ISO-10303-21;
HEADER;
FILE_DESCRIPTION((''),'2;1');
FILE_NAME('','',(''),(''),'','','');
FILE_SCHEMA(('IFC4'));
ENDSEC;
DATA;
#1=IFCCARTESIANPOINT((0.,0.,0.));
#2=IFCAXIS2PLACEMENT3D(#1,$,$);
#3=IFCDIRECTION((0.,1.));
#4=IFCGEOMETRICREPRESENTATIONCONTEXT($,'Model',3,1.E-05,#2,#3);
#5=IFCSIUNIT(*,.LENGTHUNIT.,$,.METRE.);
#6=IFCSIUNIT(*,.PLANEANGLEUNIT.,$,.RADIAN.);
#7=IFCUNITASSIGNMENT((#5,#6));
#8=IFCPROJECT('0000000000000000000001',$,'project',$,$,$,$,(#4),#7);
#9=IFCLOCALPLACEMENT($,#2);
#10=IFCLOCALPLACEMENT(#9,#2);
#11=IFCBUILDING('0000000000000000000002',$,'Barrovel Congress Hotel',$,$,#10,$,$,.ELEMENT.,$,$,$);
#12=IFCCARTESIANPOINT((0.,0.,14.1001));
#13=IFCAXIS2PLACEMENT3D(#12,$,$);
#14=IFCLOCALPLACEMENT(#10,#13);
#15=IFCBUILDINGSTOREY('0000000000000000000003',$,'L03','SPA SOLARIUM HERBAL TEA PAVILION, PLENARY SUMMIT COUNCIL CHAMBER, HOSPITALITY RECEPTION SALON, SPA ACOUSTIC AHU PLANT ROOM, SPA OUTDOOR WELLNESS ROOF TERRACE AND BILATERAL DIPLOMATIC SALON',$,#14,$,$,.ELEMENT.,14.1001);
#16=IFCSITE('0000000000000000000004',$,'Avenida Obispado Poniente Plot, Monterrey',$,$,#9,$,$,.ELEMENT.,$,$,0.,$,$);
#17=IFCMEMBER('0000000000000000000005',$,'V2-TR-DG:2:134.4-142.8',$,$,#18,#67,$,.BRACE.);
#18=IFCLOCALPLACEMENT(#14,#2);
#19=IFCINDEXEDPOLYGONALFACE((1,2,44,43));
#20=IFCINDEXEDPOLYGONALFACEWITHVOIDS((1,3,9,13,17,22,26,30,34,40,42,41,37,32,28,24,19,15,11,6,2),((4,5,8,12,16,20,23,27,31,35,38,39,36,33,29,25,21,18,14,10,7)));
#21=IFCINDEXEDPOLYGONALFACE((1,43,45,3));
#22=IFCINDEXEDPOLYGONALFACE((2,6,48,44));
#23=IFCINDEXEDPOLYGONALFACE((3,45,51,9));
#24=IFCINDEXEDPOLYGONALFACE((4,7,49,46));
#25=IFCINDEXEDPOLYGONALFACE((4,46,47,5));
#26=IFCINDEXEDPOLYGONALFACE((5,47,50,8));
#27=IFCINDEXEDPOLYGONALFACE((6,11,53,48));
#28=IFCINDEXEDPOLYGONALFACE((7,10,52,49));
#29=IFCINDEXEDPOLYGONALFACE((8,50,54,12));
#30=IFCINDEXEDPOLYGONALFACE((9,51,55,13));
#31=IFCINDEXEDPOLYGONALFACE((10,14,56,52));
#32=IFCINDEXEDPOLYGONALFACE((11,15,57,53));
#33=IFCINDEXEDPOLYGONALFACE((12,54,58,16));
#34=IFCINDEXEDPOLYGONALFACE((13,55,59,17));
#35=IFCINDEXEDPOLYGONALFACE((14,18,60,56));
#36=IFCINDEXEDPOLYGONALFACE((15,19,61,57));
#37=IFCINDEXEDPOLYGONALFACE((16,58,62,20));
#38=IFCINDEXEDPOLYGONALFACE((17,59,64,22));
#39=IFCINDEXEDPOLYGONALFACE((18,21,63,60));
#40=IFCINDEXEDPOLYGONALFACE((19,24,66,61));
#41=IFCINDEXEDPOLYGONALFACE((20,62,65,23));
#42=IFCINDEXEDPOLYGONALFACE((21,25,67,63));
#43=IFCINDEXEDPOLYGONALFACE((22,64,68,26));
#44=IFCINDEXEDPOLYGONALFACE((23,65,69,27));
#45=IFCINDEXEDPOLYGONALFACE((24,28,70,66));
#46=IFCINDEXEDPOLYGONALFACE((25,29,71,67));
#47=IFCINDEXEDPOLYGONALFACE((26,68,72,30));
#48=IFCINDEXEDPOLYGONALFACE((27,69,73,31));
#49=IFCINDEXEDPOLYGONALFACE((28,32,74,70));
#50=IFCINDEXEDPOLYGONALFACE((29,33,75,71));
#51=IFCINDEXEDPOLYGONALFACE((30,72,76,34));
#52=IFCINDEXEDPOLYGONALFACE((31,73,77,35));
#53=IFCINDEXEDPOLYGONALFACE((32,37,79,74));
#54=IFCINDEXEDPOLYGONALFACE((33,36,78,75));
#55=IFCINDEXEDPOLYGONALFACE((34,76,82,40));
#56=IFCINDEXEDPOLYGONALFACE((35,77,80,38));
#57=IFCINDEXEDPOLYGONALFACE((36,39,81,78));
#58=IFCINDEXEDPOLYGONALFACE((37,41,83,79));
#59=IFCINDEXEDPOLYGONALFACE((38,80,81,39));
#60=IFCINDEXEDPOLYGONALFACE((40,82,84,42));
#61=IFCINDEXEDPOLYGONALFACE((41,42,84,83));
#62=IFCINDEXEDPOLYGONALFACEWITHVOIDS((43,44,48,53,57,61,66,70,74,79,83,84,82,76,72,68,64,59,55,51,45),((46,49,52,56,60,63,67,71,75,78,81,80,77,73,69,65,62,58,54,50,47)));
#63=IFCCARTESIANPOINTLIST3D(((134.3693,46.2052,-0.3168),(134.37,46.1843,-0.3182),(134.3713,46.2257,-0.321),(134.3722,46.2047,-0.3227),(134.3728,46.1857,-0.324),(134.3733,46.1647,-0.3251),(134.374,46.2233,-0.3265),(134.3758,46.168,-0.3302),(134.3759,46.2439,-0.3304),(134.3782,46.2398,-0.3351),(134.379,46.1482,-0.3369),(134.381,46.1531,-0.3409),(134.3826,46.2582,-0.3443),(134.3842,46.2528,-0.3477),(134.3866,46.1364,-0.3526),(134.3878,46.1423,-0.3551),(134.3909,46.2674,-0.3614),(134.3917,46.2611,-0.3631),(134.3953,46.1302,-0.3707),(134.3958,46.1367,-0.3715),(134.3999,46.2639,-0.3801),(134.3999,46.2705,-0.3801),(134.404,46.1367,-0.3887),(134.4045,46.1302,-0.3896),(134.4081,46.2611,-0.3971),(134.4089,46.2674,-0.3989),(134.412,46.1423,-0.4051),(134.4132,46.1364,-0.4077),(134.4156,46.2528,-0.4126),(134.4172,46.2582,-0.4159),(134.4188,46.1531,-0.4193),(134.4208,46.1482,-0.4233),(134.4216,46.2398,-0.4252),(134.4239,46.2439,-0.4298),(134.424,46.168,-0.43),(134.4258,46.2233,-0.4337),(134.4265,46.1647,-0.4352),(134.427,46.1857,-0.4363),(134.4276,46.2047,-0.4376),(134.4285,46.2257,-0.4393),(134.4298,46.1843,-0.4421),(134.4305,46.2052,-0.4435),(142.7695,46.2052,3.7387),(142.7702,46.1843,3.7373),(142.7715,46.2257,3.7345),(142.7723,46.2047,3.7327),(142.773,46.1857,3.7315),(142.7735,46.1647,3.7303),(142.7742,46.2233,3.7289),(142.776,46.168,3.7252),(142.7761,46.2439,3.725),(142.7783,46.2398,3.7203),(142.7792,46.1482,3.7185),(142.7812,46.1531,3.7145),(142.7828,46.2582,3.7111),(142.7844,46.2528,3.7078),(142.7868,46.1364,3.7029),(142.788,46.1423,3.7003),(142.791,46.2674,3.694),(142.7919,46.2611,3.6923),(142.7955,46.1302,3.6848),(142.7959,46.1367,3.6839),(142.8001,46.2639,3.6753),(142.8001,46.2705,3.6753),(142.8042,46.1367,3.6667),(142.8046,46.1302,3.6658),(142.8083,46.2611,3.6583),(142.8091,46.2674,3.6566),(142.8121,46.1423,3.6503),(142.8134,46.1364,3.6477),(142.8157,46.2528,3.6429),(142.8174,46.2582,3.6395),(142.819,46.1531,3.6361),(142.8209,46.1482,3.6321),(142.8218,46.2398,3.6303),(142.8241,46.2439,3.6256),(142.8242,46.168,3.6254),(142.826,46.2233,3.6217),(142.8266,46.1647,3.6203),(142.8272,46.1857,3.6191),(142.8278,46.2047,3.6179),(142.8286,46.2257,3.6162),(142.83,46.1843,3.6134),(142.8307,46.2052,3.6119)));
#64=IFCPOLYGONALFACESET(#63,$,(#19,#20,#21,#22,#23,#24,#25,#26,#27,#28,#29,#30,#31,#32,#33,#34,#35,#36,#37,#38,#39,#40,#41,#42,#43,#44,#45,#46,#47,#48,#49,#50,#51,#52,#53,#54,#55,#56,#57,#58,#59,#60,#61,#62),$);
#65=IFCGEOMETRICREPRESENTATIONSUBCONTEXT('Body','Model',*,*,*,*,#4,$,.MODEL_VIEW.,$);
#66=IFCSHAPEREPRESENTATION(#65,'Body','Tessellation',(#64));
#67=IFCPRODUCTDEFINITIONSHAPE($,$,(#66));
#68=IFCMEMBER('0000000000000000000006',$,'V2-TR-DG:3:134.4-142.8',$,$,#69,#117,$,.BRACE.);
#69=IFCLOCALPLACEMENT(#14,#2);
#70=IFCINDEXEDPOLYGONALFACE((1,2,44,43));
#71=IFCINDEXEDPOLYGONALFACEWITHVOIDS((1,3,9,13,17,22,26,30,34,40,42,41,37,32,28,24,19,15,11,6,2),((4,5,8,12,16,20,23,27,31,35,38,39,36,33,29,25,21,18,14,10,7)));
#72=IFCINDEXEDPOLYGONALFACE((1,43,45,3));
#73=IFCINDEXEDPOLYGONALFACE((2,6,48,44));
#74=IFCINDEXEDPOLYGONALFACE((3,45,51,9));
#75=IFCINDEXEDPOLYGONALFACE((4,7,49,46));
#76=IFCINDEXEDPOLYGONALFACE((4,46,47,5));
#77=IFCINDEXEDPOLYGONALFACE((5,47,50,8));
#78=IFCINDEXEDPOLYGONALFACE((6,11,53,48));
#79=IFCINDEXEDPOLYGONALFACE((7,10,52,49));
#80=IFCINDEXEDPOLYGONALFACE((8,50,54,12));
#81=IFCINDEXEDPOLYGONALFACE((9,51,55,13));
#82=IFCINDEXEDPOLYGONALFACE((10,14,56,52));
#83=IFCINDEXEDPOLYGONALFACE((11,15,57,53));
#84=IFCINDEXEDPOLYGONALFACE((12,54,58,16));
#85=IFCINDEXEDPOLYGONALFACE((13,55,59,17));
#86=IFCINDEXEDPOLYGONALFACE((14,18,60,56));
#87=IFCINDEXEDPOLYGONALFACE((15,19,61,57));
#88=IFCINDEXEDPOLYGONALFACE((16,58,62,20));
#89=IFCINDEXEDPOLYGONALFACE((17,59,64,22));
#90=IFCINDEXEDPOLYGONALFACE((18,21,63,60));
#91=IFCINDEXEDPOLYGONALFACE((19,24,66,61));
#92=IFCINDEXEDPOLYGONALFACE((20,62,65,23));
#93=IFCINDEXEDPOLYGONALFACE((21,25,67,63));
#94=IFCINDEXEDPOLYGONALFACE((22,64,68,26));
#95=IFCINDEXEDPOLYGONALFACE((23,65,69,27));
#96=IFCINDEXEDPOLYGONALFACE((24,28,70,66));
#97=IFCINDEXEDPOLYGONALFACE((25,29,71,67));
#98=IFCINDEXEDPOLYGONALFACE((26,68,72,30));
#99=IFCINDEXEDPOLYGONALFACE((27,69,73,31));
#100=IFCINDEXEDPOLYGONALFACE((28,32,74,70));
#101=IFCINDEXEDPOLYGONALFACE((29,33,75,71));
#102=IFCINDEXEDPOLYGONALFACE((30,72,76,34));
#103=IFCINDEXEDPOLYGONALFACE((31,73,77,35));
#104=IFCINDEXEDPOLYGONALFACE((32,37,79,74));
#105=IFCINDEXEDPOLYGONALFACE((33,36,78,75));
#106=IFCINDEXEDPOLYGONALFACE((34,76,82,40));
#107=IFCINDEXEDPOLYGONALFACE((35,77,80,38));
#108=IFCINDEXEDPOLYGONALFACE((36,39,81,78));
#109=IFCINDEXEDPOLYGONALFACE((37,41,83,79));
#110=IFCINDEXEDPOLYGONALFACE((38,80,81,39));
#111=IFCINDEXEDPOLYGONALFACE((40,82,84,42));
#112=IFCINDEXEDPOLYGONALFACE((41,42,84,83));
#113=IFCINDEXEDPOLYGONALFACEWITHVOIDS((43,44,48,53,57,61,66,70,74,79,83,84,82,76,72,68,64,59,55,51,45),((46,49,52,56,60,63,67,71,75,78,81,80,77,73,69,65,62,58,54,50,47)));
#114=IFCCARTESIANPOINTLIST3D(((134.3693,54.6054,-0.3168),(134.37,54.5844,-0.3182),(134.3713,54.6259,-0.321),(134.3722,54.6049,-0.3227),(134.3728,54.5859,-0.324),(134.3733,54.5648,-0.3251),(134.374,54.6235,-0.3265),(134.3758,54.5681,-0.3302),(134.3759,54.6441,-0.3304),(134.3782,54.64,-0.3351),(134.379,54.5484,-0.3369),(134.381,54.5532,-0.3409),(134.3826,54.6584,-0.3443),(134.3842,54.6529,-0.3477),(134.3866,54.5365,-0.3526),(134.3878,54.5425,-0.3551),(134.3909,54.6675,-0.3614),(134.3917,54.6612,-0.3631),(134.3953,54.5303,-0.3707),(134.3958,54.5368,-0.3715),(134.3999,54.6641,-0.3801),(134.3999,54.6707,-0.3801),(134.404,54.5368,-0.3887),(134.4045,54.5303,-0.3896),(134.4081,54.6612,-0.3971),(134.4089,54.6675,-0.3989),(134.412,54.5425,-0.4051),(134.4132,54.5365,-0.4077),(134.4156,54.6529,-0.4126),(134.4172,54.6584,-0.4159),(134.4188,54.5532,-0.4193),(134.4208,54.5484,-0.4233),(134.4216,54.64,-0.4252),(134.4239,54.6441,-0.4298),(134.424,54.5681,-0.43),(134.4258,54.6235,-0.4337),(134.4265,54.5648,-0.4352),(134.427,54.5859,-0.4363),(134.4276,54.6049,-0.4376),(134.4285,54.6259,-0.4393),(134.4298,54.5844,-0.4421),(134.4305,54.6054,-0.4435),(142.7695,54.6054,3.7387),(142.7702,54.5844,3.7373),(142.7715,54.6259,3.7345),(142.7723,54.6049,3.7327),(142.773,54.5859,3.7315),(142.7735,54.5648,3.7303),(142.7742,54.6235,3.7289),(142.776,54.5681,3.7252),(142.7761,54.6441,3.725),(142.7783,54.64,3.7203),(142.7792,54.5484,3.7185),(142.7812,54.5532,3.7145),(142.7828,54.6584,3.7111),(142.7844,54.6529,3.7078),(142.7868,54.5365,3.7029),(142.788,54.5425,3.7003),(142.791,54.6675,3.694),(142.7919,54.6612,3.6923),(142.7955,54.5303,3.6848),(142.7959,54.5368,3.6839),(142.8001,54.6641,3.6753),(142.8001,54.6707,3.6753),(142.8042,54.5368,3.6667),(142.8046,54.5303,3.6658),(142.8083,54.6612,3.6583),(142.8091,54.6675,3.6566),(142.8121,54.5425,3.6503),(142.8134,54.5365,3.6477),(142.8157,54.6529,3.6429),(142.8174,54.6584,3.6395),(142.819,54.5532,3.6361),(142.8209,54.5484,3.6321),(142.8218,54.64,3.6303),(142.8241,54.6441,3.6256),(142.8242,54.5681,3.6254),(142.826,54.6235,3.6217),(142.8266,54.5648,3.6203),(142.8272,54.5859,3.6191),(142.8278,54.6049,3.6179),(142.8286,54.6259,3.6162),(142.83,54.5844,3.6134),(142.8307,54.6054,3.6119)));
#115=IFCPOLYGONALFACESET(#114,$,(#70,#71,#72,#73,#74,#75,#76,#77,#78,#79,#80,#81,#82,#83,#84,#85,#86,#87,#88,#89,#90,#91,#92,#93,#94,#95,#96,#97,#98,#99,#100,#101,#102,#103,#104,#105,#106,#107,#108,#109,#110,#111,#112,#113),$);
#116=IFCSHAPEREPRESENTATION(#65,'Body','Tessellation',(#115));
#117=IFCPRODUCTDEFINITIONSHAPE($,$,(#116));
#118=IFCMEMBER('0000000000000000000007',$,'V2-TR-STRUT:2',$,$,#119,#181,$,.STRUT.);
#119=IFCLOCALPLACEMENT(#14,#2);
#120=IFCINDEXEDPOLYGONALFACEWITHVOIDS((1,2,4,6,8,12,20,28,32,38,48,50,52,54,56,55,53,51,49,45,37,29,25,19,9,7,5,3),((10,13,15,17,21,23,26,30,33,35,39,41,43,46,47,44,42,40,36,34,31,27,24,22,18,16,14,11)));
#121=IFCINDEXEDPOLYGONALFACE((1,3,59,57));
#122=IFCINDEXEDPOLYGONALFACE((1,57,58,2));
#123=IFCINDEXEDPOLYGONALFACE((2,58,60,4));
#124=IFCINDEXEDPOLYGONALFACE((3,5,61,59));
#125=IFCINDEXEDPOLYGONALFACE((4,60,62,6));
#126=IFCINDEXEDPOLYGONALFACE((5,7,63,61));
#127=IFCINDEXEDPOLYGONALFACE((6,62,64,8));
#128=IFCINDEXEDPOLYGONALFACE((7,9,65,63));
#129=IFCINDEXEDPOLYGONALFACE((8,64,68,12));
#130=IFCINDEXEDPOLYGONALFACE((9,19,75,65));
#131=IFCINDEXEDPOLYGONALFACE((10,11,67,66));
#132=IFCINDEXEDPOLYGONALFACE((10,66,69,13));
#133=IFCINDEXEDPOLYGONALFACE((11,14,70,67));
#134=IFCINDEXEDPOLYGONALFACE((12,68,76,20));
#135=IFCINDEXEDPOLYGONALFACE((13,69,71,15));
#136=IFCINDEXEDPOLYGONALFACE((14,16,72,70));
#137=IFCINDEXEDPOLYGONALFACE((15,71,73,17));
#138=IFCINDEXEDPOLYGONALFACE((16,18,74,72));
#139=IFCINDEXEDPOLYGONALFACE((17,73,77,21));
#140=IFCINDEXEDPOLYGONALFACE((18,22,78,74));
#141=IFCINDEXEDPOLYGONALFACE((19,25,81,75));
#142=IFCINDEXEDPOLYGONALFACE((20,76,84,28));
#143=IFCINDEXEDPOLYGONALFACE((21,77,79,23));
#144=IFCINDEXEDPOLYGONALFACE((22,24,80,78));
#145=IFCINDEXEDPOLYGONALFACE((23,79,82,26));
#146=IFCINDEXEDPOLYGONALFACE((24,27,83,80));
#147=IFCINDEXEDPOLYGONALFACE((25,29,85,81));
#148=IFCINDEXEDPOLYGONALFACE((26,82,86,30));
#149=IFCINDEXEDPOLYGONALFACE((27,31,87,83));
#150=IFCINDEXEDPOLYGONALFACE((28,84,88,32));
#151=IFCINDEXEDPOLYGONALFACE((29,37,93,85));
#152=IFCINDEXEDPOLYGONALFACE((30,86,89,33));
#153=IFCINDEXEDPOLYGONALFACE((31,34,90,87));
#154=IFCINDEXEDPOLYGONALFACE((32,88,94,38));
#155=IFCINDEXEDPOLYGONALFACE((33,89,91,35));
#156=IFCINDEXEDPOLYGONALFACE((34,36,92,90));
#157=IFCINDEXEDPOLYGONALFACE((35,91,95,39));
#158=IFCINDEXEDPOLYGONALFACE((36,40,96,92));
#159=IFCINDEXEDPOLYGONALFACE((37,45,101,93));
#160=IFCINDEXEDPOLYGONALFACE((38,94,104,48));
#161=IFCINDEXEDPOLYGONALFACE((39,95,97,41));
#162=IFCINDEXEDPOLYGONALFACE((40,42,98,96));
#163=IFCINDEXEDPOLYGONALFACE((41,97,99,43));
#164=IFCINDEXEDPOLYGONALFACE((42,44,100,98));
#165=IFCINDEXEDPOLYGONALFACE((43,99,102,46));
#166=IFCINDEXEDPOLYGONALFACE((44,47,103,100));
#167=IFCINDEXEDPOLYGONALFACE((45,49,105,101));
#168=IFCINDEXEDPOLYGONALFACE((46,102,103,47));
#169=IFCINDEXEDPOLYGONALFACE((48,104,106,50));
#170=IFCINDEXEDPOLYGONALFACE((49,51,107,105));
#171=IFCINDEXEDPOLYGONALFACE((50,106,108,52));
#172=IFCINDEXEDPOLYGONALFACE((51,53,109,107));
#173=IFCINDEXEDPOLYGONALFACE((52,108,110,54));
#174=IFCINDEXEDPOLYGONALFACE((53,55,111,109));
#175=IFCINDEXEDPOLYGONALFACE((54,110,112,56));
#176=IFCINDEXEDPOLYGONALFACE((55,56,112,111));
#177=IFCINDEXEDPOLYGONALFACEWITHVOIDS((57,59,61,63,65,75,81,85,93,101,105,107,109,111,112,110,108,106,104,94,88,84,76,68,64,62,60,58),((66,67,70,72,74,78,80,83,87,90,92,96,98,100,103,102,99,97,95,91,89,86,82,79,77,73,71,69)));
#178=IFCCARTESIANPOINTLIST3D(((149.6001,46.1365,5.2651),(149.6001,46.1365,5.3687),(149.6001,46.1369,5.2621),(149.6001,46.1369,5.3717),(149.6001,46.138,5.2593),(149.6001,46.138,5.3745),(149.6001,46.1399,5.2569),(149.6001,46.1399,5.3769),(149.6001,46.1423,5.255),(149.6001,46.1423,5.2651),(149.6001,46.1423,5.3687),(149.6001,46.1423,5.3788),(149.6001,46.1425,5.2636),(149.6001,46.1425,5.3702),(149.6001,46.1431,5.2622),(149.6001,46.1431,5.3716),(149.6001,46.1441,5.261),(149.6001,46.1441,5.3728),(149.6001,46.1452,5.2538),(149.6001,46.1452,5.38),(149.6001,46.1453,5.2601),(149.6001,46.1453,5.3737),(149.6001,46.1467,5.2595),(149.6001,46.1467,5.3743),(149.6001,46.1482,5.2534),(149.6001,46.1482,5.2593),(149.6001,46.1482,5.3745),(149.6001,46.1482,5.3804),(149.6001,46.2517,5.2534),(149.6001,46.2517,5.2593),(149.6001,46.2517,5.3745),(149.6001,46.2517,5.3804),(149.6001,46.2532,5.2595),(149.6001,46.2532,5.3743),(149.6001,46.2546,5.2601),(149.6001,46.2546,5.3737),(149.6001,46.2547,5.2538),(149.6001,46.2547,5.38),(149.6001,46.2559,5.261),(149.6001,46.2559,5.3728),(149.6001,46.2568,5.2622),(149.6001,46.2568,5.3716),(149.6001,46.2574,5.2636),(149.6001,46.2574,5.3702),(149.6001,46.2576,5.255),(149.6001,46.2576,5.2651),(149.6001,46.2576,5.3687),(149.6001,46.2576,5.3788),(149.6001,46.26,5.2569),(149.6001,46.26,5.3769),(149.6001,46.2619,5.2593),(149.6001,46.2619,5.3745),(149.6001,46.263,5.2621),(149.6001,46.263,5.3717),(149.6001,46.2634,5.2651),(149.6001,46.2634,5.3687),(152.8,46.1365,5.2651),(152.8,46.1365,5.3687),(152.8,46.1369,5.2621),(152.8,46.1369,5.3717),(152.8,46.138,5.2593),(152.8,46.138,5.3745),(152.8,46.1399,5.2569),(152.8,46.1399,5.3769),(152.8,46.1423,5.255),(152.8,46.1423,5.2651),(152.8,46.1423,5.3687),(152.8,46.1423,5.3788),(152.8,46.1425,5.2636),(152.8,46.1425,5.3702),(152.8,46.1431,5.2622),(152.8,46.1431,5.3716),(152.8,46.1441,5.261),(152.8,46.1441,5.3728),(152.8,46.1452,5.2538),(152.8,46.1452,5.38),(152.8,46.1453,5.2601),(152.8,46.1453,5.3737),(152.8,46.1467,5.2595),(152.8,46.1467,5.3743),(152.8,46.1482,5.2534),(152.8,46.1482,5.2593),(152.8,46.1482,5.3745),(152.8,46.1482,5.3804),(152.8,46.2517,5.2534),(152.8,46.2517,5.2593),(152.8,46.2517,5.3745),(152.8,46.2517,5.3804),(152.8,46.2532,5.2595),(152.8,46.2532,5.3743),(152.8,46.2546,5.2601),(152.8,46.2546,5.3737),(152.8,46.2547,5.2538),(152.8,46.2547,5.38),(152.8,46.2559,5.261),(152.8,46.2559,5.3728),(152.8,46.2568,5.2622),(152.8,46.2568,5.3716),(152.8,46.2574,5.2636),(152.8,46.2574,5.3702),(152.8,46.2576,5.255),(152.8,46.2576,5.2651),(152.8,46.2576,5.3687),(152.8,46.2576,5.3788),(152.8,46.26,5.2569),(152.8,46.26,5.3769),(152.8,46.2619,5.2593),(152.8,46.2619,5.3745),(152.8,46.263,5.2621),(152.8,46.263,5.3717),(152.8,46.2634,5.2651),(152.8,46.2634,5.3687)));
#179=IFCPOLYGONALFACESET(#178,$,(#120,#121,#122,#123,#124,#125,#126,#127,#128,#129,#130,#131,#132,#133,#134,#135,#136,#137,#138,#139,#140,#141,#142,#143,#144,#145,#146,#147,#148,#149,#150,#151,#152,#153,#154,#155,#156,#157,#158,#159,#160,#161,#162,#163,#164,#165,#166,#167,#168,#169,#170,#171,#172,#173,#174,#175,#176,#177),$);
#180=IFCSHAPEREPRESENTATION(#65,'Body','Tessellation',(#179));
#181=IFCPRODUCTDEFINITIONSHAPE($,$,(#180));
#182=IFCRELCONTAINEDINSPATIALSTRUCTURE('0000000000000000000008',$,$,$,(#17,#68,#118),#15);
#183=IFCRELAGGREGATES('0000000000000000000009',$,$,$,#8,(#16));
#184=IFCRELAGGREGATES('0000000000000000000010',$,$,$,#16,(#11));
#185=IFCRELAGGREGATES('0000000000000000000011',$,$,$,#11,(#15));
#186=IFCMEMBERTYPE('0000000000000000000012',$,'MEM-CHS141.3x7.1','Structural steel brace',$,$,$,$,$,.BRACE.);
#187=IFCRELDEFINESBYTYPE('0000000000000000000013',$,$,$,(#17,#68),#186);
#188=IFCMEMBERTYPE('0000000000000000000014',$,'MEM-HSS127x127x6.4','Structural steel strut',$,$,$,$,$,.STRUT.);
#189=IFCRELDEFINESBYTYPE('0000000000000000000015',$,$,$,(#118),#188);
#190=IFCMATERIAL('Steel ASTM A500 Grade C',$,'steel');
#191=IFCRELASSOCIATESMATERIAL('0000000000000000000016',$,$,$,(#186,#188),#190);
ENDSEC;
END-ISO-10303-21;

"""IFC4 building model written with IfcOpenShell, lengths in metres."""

from ifc_helpers import new_model, si_unit, direction, frame, origin, origin_2d, place, context, subcontext, project, spatial, hollow_rectangle, hollow_circle, extrude, material, material_profile, profile_set, type_object, element, save


model = new_model("IFC4")

# Units and contexts
model_context = context("Model", 3, precision=1e-05, world=origin(), true_north=direction((0.0, 1.0)))
body_context = subcontext(model_context, "Body", "Model", "MODEL_VIEW")
ifc_project = project(units=[si_unit("LENGTHUNIT", "METRE"), si_unit("PLANEANGLEUNIT", "RADIAN")], contexts=[model_context])

# Site, building, storey
site_placement = place(None, origin())
site = spatial("IfcSite", under=ifc_project, at=site_placement, Name="Avenida Obispado Poniente Plot, Monterrey", CompositionType="ELEMENT", RefElevation=0.0)
building_placement = place(site_placement, origin())
building = spatial("IfcBuilding", under=site, at=building_placement, Name="Barrovel Congress Hotel", CompositionType="ELEMENT")
storey_placement = place(building_placement, frame((0.0, 0.0, 14.1001)))
storey = spatial("IfcBuildingStorey", under=building, at=storey_placement, Name="L03", Description="SPA SOLARIUM HERBAL TEA PAVILION, PLENARY SUMMIT COUNCIL CHAMBER, HOSPITALITY RECEPTION SALON, SPA ACOUSTIC AHU PLANT ROOM, SPA OUTDOOR WELLNESS ROOF TERRACE AND BILATERAL DIPLOMATIC SALON", CompositionType="ELEMENT", Elevation=14.1001)

# Members
ifc_material_1 = material(Name="Steel ASTM A500 Grade C", Category="steel")
ifc_material_profile_1 = material_profile(ifc_material_1, hollow_circle(Radius=0.0706, WallThickness=0.0066, at=origin_2d()), Name="CHS141.3x7.1")
ifc_profile_set_1 = profile_set([ifc_material_profile_1], Name="Steel ASTM A500 Grade C")
member_type_1 = type_object("IfcMemberType", Name="MEM-CHS141.3x7.1", Description="Structural steel brace", PredefinedType="BRACE", material=ifc_profile_set_1)
for number, where, z_axis, x_axis, name in (
    (1, (134.3999, 46.2, -0.3801), (0.900544, 0.0, 0.434764), (0.0, 1.0, 0.0), "V2-TR-DG:2:134.4-142.8"),
    (2, (134.3999, 54.6001, -0.3801), (0.900544, 0.0, 0.434764), (0.0, 1.0, 0.0), "V2-TR-DG:3:134.4-142.8"),
):
    element("IfcMember", number, at=place(storey_placement, frame(where, z_axis=z_axis, x_axis=x_axis)), inside=storey, type_object=member_type_1, Name=name, PredefinedType="BRACE", context=body_context, shape_type="SweptSolid", body=[
        extrude(hollow_circle(Radius=0.0706, WallThickness=0.0066, at=origin_2d()), origin(), (0.0, 0.0, 1.0), 9.3279),
    ])
ifc_material_profile_2 = material_profile(ifc_material_1, hollow_rectangle(XDim=0.127, YDim=0.127, WallThickness=0.0059, InnerFilletRadius=0.0059, OuterFilletRadius=0.0117, at=origin_2d()), Name="HSS127x127x6.4")
ifc_profile_set_2 = profile_set([ifc_material_profile_2], Name="Steel ASTM A500 Grade C")
member_type_2 = type_object("IfcMemberType", Name="MEM-HSS127x127x6.4", Description="Structural steel strut", PredefinedType="STRUT", material=ifc_profile_set_2)
for number, where, z_axis, x_axis, name in (
    (3, (149.6001, 46.2, 5.3169), (1.0, 0.0, 0.0), (0.0, 1.0, 0.0), "V2-TR-STRUT:2"),
):
    element("IfcMember", number, at=place(storey_placement, frame(where, z_axis=z_axis, x_axis=x_axis)), inside=storey, type_object=member_type_2, Name=name, PredefinedType="STRUT", context=body_context, shape_type="SweptSolid", body=[
        extrude(hollow_rectangle(XDim=0.127, YDim=0.127, WallThickness=0.0059, InnerFilletRadius=0.0059, OuterFilletRadius=0.0117, at=origin_2d()), origin(), (0.0, 0.0, 1.0), 3.2),
    ])

save(model, "model.ifc")
